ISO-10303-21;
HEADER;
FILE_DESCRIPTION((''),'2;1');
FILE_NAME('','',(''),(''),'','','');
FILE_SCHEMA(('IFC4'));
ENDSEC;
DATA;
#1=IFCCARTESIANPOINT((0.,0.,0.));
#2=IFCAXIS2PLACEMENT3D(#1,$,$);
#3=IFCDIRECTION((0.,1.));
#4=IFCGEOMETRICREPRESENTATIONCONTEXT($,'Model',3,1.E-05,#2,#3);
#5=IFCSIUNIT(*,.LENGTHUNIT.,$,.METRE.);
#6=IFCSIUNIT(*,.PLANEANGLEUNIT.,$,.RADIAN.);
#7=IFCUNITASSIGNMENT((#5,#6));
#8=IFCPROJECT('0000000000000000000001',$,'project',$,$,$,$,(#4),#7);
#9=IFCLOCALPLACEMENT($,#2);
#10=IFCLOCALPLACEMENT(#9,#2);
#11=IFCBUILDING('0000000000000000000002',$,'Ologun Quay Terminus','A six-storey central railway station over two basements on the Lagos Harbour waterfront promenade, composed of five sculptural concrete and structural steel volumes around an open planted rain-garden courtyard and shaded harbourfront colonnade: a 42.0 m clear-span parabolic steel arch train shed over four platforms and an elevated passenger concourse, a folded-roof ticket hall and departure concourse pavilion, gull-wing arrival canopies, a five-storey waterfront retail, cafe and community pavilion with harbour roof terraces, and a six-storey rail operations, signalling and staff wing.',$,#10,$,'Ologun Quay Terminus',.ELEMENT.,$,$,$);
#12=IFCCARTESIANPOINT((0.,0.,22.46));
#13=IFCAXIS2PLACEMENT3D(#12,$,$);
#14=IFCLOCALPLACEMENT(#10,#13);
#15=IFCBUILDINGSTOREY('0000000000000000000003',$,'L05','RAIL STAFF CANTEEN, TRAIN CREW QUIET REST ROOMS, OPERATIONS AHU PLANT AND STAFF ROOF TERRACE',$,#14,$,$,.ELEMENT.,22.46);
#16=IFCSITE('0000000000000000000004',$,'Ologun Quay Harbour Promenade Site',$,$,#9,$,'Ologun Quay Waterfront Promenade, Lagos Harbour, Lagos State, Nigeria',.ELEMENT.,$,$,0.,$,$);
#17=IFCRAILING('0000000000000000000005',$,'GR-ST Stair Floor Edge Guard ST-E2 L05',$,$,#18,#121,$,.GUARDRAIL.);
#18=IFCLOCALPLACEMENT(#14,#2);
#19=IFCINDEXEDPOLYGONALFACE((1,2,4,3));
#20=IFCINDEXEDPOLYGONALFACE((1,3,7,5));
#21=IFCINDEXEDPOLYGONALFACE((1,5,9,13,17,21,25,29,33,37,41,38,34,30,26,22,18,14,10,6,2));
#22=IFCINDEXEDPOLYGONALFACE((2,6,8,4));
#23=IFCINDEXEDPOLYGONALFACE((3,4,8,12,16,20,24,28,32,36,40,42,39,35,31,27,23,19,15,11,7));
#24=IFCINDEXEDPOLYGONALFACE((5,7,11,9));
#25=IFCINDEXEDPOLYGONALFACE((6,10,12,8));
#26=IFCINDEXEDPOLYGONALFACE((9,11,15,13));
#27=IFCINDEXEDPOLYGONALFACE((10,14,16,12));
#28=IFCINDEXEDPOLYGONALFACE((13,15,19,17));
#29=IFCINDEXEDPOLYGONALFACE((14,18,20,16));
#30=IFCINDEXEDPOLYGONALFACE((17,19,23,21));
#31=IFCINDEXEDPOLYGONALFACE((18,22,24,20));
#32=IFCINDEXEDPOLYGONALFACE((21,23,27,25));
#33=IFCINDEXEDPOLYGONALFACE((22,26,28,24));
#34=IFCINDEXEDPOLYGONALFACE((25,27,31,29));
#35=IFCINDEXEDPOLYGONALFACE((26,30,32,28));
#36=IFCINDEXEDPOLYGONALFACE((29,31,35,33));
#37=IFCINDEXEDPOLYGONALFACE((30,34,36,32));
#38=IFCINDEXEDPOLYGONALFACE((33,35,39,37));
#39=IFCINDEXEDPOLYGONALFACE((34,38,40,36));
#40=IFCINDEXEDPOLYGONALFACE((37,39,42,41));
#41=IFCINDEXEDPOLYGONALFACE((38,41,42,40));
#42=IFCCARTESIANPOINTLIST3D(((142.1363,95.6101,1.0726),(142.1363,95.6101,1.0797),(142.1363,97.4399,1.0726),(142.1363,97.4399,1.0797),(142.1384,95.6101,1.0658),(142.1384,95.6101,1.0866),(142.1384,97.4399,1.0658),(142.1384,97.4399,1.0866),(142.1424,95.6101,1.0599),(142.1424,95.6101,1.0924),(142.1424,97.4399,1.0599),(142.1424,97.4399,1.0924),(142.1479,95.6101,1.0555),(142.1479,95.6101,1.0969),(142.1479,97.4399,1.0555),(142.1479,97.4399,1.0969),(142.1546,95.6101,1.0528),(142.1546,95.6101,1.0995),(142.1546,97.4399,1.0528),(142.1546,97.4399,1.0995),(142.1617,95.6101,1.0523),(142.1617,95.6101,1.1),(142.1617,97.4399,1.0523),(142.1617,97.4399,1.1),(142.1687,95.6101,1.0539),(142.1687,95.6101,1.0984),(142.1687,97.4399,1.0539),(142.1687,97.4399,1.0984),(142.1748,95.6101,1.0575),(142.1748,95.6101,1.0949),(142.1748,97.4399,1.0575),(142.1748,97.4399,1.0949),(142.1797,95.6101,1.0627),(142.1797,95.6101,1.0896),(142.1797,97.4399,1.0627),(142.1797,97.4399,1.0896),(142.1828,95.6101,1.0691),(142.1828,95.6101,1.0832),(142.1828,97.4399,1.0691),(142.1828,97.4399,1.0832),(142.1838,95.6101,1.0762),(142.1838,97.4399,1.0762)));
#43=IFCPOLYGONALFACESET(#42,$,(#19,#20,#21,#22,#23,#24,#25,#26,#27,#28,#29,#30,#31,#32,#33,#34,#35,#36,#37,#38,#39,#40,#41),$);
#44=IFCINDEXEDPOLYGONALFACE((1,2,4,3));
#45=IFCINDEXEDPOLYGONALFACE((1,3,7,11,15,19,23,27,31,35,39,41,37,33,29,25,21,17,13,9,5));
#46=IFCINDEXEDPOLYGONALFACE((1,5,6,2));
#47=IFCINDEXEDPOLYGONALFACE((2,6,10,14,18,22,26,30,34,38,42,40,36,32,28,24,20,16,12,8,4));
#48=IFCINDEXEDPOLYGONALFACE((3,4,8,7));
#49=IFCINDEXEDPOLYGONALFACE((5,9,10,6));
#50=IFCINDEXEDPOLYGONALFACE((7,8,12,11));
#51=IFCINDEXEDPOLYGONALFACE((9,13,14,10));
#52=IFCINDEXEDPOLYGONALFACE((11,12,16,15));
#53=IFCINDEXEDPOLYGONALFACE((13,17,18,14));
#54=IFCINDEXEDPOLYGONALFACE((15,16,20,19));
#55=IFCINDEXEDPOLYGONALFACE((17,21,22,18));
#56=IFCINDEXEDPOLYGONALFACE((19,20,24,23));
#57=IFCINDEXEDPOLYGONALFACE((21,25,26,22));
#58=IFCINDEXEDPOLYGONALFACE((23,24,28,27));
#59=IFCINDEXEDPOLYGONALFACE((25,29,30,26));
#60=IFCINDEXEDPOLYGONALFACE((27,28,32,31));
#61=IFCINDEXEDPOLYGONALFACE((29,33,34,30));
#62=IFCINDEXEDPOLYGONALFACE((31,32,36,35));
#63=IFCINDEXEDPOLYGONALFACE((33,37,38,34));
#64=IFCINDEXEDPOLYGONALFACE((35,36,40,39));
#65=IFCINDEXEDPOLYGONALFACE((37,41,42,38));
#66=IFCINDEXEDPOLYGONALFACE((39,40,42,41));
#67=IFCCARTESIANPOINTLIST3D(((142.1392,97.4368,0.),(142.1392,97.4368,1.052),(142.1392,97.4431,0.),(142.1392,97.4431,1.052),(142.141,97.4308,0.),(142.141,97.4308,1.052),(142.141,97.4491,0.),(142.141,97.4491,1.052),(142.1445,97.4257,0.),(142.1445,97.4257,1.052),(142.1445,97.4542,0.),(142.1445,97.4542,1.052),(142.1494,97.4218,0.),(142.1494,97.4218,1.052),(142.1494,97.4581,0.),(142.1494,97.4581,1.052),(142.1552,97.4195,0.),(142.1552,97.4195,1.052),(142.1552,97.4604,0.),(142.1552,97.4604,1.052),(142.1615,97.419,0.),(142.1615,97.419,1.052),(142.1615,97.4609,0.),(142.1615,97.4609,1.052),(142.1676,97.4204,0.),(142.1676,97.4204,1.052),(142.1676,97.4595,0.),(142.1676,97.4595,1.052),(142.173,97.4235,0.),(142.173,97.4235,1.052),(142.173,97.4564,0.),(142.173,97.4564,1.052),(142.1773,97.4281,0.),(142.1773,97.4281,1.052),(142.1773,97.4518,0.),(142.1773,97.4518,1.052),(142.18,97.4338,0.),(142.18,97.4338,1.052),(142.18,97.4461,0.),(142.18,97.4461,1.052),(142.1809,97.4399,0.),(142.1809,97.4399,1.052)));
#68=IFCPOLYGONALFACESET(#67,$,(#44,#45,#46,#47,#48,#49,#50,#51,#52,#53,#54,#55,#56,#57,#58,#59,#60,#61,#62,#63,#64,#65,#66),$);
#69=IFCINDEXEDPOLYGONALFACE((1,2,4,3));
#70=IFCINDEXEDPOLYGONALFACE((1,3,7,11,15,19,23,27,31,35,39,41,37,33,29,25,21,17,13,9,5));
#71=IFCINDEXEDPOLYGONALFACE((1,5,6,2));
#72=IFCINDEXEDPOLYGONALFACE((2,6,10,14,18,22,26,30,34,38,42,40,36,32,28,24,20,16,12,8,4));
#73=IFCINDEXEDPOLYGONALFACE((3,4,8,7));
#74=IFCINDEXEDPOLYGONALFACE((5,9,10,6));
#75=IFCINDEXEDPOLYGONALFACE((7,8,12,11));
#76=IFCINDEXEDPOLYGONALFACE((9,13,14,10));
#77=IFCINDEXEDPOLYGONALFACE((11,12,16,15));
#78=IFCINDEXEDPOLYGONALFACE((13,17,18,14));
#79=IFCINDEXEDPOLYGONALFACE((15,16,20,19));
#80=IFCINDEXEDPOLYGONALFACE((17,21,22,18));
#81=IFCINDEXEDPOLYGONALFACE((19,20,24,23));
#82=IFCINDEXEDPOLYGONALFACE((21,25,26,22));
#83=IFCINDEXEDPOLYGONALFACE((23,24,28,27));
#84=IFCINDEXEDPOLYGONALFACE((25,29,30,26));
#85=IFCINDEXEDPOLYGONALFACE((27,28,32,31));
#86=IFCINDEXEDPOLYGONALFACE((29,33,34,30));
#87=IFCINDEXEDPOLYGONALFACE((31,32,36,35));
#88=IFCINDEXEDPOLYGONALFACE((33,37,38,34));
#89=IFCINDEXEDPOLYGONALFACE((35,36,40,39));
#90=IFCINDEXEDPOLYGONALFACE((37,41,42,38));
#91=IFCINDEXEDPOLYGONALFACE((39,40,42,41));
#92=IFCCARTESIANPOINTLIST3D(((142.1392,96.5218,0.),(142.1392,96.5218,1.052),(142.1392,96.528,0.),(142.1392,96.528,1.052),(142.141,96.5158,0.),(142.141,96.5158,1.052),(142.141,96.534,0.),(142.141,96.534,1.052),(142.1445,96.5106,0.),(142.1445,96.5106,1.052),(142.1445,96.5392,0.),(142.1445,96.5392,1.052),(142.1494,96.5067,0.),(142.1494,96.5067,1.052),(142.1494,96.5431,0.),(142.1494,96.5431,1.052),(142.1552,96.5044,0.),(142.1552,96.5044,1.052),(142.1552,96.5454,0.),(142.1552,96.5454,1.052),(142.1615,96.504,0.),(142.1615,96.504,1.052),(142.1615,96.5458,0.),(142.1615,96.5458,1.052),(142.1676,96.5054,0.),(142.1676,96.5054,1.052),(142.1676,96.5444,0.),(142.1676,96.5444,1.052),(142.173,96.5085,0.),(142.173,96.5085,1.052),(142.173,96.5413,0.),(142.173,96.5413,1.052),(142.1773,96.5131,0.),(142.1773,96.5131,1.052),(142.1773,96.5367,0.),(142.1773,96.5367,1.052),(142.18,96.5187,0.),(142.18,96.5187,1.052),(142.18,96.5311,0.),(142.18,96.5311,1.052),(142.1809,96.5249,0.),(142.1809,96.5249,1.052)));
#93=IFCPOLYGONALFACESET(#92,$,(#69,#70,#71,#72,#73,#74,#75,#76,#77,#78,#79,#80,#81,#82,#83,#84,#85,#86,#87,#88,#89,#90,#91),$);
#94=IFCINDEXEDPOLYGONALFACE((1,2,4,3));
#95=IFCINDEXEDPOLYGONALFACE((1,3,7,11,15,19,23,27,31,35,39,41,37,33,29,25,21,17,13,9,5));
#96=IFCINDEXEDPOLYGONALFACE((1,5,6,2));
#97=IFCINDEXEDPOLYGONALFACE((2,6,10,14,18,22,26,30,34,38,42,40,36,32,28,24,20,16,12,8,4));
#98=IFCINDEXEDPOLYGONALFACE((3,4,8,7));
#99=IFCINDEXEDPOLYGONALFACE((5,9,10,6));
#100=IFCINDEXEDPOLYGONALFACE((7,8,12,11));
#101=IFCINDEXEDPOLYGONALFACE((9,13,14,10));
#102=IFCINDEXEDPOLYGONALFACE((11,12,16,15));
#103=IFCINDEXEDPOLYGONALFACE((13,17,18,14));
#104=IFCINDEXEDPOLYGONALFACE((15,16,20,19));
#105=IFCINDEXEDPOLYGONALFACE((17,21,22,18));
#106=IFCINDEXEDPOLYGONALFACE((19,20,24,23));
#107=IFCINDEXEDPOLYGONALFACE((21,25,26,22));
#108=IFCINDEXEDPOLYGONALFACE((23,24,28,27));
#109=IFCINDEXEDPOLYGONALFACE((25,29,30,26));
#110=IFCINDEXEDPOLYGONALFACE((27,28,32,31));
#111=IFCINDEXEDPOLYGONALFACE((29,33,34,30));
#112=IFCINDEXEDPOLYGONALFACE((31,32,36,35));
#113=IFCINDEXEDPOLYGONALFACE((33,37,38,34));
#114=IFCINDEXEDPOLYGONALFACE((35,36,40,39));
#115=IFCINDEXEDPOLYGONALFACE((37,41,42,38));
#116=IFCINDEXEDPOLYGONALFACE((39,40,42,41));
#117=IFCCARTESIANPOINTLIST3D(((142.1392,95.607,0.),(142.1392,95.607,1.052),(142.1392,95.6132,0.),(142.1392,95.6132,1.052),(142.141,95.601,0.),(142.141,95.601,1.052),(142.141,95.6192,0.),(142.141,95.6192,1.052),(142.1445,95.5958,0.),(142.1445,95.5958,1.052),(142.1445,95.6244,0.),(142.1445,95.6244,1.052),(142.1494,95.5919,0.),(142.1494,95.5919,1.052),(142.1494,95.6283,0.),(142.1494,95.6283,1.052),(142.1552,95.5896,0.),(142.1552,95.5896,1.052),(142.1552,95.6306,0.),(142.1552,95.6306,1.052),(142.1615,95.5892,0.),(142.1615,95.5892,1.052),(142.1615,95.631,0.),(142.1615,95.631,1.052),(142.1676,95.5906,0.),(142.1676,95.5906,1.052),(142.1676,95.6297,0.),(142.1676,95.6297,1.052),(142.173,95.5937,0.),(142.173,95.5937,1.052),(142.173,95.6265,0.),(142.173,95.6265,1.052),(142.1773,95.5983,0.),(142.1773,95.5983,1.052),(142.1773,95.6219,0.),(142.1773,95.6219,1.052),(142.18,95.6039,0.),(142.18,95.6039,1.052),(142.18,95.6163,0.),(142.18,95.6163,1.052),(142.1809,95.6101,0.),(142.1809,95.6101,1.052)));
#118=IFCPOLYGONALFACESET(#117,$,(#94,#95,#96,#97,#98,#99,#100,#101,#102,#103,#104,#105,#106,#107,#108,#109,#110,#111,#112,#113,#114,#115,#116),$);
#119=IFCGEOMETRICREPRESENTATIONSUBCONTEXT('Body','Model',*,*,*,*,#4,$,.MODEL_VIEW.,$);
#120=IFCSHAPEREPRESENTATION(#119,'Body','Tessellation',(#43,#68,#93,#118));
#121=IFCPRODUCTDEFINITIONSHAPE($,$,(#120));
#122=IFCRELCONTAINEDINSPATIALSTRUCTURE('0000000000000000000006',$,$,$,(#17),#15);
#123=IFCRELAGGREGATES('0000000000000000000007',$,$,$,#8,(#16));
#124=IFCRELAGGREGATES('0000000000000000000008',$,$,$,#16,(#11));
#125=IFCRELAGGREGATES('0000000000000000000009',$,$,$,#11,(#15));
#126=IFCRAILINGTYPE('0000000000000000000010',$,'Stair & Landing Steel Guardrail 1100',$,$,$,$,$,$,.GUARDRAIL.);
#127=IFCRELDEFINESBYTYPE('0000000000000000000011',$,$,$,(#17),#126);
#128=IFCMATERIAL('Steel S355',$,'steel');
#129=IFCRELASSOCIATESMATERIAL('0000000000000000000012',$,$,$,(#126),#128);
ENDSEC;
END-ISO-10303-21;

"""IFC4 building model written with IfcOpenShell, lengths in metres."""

from ifc_helpers import new_model, si_unit, direction, frame, origin, origin_2d, place, context, subcontext, project, spatial, circle, extrude, material, type_object, element, save


model = new_model("IFC4")

# Units and contexts
model_context = context("Model", 3, precision=1e-05, world=origin(), true_north=direction((0.0, 1.0)))
body_context = subcontext(model_context, "Body", "Model", "MODEL_VIEW")
ifc_project = project(units=[si_unit("LENGTHUNIT", "METRE"), si_unit("PLANEANGLEUNIT", "RADIAN")], contexts=[model_context])

# Site, building, storey
site_placement = place(None, origin())
site = spatial("IfcSite", under=ifc_project, at=site_placement, Name="Ologun Quay Harbour Promenade Site", LongName="Ologun Quay Waterfront Promenade, Lagos Harbour, Lagos State, Nigeria", CompositionType="ELEMENT", RefElevation=0.0)
building_placement = place(site_placement, origin())
building = spatial("IfcBuilding", under=site, at=building_placement, Name="Ologun Quay Terminus", Description="A six-storey central railway station over two basements on the Lagos Harbour waterfront promenade, composed of five sculptural concrete and structural steel volumes around an open planted rain-garden courtyard and shaded harbourfront colonnade: a 42.0 m clear-span parabolic steel arch train shed over four platforms and an elevated passenger concourse, a folded-roof ticket hall and departure concourse pavilion, gull-wing arrival canopies, a five-storey waterfront retail, cafe and community pavilion with harbour roof terraces, and a six-storey rail operations, signalling and staff wing.", LongName="Ologun Quay Terminus", CompositionType="ELEMENT")
storey_placement = place(building_placement, frame((0.0, 0.0, 22.46)))
storey = spatial("IfcBuildingStorey", under=building, at=storey_placement, Name="L05", Description="RAIL STAFF CANTEEN, TRAIN CREW QUIET REST ROOMS, OPERATIONS AHU PLANT AND STAFF ROOF TERRACE", CompositionType="ELEMENT", Elevation=22.46)

# Railing
ifc_material_1 = material(Name="Steel S355", Category="steel")
railing_type = type_object("IfcRailingType", Name="Stair & Landing Steel Guardrail 1100", PredefinedType="GUARDRAIL", material=ifc_material_1)
railing_placement = place(storey_placement, frame((142.1599, 97.4399, 0.0)))
element("IfcRailing", 1, at=railing_placement, inside=storey, type_object=railing_type, Name="GR-ST Stair Floor Edge Guard ST-E2 L05", PredefinedType="GUARDRAIL", context=body_context, shape_type="SweptSolid", body=[
    extrude(circle(Radius=0.0239, at=origin_2d()), frame((0.0, 0.0, 1.0762), z_axis=(0.0, -1.0, 0.0), x_axis=(1.0, 0.0, 0.0)), (0.0, 0.0, 1.0), 1.8298),
    extrude(circle(Radius=0.021, at=origin_2d()), origin(), (0.0, 0.0, 1.0), 1.052),
    extrude(circle(Radius=0.021, at=origin_2d()), frame((0.0, -0.915, 0.0)), (0.0, 0.0, 1.0), 1.052),
    extrude(circle(Radius=0.021, at=origin_2d()), frame((0.0, -1.8298, 0.0)), (0.0, 0.0, 1.0), 1.052),
])

save(model, "model.ifc")
